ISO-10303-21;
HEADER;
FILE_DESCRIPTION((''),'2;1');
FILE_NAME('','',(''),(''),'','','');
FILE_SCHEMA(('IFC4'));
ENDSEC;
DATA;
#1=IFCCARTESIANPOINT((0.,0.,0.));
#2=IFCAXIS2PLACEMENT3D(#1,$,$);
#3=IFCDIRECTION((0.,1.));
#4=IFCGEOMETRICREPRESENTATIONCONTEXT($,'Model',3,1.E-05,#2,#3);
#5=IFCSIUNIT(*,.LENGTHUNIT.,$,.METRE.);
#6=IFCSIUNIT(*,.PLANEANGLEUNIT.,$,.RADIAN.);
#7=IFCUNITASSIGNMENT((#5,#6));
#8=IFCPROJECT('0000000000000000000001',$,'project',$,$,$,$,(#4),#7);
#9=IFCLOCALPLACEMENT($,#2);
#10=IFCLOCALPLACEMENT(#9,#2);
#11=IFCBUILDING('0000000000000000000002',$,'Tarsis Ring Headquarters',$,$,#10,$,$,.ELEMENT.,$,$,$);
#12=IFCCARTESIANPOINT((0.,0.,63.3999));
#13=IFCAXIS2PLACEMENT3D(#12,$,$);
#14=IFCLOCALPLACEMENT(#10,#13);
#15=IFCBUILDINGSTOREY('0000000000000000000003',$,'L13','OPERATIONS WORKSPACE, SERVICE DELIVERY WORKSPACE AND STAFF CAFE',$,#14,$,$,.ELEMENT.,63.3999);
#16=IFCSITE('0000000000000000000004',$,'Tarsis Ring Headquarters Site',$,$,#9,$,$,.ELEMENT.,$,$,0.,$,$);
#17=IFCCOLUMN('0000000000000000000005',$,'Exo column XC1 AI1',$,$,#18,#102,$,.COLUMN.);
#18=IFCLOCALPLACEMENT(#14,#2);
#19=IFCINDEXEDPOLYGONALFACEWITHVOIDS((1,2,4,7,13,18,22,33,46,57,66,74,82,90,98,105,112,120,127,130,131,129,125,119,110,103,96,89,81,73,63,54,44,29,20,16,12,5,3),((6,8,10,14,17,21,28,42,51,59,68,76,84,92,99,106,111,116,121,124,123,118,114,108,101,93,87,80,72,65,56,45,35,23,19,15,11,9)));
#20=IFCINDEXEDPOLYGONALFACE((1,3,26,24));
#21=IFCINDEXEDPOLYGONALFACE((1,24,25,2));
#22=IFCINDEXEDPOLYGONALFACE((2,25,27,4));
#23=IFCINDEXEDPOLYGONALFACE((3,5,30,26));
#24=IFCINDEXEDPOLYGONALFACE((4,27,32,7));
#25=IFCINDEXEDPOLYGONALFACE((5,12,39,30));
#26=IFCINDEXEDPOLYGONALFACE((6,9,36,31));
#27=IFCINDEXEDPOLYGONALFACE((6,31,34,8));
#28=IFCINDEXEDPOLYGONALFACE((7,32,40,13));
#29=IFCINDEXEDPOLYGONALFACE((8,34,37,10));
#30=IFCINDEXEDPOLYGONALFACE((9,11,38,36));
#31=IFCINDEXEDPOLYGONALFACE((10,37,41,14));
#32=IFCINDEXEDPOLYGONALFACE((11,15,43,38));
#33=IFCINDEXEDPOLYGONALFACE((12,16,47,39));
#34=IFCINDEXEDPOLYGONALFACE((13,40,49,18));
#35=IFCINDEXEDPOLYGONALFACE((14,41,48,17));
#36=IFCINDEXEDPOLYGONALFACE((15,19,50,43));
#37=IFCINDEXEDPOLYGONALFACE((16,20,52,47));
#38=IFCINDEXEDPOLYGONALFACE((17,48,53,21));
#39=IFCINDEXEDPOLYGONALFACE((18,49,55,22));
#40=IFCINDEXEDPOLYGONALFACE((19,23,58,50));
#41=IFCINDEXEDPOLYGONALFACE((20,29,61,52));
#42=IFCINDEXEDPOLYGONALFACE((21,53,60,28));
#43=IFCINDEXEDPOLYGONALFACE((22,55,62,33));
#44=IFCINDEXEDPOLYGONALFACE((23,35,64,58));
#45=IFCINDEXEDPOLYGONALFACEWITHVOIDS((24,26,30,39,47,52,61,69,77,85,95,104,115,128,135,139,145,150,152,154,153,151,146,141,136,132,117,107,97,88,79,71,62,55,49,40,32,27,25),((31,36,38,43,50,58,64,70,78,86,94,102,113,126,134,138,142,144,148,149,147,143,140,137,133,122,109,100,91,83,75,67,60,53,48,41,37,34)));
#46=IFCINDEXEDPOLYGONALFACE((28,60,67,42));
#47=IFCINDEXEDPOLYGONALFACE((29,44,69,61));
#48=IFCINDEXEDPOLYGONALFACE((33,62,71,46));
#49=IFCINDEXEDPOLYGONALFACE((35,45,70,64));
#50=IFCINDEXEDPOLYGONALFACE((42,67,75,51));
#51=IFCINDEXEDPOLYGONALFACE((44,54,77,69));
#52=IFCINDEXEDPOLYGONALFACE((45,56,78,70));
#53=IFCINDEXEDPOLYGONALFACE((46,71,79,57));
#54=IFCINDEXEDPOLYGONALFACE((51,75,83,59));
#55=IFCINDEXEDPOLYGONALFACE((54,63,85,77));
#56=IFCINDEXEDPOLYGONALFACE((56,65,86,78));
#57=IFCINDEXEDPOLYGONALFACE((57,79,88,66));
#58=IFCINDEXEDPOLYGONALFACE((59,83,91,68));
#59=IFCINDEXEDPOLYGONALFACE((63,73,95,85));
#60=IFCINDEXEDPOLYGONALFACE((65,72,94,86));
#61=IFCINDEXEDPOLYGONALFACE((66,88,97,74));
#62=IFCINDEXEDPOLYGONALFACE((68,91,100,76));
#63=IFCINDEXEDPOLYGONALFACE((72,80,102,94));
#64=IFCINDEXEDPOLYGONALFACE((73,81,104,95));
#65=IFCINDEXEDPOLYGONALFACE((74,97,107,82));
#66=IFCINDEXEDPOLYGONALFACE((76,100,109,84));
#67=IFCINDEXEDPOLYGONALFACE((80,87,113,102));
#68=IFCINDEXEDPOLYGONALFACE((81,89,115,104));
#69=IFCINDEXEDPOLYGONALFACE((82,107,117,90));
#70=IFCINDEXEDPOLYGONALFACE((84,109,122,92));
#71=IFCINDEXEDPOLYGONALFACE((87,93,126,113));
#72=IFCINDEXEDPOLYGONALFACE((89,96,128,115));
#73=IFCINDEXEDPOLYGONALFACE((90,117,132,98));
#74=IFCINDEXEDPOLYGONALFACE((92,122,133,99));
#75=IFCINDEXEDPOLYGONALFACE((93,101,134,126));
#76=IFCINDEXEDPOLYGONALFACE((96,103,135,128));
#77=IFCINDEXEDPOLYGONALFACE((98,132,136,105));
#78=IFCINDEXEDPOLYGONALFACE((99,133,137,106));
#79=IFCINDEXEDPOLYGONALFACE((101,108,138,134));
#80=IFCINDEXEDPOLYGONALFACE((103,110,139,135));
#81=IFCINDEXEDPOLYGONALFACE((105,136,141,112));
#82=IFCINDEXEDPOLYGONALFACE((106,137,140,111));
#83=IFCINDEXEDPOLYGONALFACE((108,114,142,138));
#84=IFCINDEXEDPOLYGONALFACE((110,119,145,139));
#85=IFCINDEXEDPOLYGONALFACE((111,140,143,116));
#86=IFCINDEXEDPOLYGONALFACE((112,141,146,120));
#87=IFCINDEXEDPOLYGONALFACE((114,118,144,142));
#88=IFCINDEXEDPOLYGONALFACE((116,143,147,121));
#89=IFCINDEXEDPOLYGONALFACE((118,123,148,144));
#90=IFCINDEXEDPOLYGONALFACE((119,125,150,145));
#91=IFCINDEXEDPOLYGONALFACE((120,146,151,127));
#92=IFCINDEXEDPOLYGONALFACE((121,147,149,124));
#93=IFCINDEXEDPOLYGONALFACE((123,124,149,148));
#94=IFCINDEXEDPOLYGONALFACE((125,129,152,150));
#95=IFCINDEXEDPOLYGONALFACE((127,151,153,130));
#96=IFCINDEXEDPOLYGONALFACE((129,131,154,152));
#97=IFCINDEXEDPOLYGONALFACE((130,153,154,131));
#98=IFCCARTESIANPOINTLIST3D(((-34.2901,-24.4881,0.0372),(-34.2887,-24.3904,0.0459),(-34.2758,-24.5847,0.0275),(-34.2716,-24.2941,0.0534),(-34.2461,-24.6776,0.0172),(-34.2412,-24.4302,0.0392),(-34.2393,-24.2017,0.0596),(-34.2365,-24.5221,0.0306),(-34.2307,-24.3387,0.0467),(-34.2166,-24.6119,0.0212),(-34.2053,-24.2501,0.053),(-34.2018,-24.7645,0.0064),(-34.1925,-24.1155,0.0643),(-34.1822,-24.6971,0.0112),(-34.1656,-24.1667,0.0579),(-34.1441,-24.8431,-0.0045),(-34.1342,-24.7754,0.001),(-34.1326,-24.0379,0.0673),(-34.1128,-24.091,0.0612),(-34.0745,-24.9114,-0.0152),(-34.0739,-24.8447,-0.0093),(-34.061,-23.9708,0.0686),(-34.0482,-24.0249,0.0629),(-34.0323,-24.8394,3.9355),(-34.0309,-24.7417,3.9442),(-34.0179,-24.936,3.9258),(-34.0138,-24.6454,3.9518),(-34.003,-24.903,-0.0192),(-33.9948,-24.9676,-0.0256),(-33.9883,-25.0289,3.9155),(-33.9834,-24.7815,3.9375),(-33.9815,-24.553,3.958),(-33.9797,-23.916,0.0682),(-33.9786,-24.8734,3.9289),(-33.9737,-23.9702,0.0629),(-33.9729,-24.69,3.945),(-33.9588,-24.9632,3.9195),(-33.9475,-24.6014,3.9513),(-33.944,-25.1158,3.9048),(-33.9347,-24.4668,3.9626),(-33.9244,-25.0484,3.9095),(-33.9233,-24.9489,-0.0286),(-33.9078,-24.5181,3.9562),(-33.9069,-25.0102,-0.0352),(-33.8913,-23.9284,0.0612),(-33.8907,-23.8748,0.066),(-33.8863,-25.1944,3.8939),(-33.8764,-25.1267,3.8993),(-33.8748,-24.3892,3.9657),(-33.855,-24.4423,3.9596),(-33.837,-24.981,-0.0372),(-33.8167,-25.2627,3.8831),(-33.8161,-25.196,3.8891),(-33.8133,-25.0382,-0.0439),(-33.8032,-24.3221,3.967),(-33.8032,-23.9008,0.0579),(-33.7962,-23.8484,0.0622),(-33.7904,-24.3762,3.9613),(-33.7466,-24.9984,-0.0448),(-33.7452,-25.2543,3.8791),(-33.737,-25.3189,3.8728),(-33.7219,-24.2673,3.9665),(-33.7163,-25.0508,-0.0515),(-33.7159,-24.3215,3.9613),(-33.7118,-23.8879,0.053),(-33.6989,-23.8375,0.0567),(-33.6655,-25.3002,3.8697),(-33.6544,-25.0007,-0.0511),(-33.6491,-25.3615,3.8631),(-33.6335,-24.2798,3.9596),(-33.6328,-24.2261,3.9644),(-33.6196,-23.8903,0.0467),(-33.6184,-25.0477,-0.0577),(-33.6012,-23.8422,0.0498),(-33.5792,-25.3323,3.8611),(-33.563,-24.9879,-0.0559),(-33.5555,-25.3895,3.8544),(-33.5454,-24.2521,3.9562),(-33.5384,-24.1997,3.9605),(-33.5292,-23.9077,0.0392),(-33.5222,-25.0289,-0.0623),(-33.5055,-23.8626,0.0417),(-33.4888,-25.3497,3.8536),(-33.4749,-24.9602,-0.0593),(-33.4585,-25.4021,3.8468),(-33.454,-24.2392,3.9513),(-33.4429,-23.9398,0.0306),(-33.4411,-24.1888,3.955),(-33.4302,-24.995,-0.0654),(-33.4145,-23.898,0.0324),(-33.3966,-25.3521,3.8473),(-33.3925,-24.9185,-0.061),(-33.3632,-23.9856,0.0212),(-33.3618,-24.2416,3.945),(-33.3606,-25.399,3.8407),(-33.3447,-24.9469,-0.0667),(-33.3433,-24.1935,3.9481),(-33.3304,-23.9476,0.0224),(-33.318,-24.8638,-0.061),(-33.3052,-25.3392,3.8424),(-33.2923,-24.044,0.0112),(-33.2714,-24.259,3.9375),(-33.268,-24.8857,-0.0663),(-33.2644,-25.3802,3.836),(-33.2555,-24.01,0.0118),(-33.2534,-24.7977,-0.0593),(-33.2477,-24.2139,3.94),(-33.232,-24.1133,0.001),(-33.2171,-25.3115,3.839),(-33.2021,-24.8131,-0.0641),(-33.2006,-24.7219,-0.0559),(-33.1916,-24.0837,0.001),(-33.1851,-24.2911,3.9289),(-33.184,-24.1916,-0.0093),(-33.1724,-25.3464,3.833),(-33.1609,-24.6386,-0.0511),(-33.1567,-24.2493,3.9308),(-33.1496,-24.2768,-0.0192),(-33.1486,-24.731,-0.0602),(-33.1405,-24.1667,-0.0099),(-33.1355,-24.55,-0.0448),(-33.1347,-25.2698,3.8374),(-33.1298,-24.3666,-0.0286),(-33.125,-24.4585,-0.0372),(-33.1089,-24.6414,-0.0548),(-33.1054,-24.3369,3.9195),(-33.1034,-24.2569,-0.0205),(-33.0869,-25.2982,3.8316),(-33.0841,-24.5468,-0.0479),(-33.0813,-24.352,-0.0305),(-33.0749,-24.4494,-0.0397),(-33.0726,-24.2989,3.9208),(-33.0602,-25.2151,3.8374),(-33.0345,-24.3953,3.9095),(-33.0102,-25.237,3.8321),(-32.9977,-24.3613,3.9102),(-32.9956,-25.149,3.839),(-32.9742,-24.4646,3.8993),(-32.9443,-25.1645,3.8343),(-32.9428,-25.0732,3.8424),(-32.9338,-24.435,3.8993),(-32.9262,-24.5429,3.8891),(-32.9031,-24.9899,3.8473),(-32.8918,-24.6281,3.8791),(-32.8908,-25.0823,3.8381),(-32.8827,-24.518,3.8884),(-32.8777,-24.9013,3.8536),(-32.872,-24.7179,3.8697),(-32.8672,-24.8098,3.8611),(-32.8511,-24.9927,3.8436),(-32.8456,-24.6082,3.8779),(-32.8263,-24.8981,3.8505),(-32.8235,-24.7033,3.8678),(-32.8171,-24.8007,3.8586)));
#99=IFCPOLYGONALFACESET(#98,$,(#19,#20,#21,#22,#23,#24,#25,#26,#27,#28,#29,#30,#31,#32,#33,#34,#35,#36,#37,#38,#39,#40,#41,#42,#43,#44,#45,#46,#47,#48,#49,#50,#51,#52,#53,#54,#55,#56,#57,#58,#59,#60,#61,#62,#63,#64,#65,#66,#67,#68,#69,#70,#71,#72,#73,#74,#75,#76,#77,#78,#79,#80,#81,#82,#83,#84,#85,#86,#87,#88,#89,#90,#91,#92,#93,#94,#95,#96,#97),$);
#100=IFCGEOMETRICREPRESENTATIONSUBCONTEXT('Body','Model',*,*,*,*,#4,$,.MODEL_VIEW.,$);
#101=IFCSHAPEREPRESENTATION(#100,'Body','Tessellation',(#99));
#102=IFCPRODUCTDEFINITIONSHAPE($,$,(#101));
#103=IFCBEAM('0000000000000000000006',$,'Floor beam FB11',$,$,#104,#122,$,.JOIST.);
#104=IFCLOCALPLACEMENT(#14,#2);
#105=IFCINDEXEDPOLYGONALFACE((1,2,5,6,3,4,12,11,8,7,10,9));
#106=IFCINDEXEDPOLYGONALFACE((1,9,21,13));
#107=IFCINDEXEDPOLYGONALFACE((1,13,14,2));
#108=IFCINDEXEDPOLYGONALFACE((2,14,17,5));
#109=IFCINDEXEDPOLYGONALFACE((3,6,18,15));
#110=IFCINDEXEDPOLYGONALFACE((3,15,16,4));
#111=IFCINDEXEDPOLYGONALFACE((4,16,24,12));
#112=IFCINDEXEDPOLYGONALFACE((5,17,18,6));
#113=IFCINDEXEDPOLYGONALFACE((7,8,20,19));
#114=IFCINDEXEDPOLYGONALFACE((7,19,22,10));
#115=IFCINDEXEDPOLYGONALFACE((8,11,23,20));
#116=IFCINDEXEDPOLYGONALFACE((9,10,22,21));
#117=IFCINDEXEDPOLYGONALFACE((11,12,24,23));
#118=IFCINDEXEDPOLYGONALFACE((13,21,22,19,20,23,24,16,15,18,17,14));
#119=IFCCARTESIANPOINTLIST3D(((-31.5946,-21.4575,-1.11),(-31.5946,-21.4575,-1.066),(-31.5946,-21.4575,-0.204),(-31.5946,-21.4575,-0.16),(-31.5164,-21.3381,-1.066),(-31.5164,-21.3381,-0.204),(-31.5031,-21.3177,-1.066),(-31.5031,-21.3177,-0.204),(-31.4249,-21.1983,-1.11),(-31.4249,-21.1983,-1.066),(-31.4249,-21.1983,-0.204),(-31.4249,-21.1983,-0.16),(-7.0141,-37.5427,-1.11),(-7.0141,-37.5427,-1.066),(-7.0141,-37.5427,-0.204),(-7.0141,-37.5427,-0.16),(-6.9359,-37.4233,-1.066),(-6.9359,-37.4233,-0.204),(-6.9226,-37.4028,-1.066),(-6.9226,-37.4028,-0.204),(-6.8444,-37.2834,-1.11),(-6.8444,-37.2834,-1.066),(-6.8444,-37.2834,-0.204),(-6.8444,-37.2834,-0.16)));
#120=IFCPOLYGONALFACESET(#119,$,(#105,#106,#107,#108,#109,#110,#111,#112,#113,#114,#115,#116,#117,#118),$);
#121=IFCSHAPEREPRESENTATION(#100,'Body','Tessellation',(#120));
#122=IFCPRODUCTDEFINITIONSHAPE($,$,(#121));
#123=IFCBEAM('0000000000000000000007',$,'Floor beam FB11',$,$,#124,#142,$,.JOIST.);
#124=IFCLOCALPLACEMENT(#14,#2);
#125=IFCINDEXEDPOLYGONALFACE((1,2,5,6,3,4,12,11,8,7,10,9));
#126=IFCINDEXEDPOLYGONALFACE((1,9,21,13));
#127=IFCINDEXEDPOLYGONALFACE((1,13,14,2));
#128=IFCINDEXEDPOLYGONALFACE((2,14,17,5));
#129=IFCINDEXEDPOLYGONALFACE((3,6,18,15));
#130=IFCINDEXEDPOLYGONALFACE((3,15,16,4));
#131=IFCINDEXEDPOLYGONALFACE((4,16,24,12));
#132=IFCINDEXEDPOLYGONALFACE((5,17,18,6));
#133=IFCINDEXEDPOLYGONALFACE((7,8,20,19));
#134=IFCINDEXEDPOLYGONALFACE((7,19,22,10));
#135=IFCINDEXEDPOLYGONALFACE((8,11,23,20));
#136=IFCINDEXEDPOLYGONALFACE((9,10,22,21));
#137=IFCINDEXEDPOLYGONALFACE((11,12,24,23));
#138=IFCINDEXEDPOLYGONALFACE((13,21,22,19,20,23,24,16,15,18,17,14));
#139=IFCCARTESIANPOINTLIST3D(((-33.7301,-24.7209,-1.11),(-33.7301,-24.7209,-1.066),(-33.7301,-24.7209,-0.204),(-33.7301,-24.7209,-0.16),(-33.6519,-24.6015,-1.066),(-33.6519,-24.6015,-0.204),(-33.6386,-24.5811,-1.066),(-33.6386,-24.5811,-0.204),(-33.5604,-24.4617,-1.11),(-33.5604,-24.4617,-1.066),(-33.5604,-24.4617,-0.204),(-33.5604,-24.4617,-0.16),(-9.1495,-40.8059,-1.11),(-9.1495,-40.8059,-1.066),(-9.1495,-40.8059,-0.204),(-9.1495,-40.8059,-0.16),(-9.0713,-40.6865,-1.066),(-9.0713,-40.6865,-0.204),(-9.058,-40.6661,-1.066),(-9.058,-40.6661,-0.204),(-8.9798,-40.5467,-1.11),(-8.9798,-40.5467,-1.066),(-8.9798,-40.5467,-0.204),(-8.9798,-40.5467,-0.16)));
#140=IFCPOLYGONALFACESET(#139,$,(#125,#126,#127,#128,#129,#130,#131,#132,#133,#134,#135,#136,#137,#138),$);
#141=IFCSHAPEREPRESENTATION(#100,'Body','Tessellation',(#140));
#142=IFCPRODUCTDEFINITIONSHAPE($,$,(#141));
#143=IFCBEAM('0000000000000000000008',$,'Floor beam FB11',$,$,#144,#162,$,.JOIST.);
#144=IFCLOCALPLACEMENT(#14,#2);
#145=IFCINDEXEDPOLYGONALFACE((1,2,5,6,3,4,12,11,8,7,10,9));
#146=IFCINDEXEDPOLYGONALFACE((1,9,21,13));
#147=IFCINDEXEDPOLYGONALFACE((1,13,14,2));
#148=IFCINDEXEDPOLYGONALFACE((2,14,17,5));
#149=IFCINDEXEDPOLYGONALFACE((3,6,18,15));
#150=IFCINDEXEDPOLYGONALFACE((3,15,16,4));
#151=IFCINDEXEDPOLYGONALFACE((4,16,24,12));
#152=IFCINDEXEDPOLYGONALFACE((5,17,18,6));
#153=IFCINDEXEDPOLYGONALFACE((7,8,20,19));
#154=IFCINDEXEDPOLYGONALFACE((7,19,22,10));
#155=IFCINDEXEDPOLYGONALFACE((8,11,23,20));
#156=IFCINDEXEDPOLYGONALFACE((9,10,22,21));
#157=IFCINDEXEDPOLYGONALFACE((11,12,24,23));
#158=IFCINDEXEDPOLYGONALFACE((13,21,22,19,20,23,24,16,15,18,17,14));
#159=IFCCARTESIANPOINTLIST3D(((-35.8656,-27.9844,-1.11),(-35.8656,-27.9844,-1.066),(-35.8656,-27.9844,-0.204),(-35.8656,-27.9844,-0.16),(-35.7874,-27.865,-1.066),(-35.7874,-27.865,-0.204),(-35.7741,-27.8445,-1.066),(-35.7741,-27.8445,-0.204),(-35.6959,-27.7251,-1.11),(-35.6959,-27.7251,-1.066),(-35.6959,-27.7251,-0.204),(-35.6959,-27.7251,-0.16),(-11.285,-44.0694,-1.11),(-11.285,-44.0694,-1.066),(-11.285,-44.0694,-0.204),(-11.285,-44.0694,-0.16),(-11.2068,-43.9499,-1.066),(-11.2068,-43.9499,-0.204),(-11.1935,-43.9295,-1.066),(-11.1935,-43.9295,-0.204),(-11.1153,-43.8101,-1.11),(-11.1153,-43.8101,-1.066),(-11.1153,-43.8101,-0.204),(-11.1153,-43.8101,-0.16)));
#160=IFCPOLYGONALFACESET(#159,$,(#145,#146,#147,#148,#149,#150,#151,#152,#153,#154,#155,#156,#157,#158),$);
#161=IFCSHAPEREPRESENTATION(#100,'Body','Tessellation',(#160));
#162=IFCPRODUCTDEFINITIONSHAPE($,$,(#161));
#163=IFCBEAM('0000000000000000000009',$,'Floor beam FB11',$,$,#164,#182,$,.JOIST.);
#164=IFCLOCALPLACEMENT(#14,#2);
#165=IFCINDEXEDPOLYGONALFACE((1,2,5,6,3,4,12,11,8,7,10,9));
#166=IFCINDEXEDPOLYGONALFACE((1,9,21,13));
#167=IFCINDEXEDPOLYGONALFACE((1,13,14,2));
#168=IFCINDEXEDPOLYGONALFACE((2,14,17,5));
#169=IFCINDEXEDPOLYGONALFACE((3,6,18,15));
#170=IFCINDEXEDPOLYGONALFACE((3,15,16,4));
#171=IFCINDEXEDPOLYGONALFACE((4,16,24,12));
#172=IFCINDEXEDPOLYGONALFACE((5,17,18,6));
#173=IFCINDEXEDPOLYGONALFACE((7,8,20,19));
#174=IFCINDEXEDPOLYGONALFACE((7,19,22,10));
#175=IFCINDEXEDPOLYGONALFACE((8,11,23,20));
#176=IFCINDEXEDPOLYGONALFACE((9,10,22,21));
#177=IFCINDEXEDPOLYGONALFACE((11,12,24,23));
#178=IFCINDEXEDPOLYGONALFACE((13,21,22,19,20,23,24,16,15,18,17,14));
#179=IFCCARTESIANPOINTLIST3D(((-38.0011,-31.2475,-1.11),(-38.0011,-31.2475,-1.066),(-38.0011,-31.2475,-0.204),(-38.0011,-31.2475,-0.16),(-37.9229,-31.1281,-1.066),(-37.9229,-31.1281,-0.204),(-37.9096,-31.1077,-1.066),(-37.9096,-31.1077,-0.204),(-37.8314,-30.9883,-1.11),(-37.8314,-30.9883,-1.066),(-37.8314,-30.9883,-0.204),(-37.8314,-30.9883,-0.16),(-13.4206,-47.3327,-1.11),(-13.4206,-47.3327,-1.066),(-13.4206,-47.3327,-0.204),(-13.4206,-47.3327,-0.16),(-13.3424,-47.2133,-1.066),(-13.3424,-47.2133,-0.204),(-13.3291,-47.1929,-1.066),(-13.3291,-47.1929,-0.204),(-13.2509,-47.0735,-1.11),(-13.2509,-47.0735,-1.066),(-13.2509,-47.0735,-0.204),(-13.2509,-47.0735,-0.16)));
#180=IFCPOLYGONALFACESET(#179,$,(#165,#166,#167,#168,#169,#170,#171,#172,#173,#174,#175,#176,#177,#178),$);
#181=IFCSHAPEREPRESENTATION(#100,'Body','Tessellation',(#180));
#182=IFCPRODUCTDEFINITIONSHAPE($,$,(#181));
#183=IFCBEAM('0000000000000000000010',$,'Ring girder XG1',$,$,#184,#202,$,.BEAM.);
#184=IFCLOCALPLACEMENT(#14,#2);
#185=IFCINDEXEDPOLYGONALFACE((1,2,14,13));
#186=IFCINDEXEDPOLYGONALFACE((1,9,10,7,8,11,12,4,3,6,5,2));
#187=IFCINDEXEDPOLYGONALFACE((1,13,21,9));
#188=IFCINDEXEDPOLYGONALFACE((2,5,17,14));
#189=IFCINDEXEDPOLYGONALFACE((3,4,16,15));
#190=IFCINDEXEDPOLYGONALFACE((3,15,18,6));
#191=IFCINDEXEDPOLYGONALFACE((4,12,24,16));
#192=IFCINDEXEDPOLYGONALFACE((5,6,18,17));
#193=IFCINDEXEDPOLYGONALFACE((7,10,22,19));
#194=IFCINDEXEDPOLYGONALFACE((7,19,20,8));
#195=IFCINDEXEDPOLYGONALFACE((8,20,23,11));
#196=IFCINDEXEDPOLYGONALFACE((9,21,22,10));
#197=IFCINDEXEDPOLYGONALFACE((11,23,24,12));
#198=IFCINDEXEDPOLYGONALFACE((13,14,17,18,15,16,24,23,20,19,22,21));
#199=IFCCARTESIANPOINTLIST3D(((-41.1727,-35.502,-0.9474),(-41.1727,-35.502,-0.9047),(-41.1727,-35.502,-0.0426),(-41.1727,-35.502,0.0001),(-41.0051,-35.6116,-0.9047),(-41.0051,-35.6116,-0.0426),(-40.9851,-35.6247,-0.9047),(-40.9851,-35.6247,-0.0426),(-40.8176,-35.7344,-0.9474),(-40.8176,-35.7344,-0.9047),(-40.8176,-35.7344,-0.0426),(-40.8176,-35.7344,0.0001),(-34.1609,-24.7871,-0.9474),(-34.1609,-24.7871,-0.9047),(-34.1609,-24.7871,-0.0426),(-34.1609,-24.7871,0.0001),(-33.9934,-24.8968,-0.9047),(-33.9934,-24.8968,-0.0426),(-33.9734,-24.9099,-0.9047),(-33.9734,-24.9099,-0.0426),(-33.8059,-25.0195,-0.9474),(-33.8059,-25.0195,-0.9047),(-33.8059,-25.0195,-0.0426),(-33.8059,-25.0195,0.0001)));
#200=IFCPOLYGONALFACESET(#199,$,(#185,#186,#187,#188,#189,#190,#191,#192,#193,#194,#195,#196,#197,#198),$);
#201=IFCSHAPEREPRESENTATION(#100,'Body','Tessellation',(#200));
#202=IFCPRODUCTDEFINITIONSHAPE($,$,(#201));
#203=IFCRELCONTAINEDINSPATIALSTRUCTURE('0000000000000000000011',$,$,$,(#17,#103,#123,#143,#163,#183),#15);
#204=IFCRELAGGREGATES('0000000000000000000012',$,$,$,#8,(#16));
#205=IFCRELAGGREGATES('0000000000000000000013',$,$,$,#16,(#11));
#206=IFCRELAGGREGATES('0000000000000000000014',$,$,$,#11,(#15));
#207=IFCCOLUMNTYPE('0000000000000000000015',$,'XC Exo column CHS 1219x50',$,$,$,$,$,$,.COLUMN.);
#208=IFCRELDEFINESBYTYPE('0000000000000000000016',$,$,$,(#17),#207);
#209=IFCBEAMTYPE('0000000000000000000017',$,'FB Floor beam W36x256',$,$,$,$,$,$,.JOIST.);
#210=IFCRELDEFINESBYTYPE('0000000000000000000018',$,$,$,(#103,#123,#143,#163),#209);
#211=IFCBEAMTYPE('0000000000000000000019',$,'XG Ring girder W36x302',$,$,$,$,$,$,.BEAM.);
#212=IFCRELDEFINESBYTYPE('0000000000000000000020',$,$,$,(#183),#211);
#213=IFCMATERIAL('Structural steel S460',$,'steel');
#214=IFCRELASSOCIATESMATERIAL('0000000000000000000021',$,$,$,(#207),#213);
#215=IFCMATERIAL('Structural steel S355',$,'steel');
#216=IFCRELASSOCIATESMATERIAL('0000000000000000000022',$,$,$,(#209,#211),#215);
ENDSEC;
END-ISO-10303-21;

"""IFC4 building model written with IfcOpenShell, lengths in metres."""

from ifc_helpers import new_model, si_unit, direction, frame, origin, origin_2d, place, context, subcontext, project, spatial, hollow_circle, i_section, extrude, material, material_profile, profile_set, type_object, element, save


model = new_model("IFC4")

# Units and contexts
model_context = context("Model", 3, precision=1e-05, world=origin(), true_north=direction((0.0, 1.0)))
body_context = subcontext(model_context, "Body", "Model", "MODEL_VIEW")
ifc_project = project(units=[si_unit("LENGTHUNIT", "METRE"), si_unit("PLANEANGLEUNIT", "RADIAN")], contexts=[model_context])

# Site, building, storey
site_placement = place(None, origin())
site = spatial("IfcSite", under=ifc_project, at=site_placement, Name="Tarsis Ring Headquarters Site", CompositionType="ELEMENT", RefElevation=0.0)
building_placement = place(site_placement, origin())
building = spatial("IfcBuilding", under=site, at=building_placement, Name="Tarsis Ring Headquarters", CompositionType="ELEMENT")
storey_placement = place(building_placement, frame((0.0, 0.0, 63.3999)))
storey = spatial("IfcBuildingStorey", under=building, at=storey_placement, Name="L13", Description="OPERATIONS WORKSPACE, SERVICE DELIVERY WORKSPACE AND STAFF CAFE", CompositionType="ELEMENT", Elevation=63.3999)

# Column
ifc_material_1 = material(Name="Structural steel S460", Category="steel")
ifc_material_profile_1 = material_profile(ifc_material_1, hollow_circle(Radius=0.6096, WallThickness=0.05, at=origin_2d()), Name="CHS 1219x50")
ifc_profile_set_1 = profile_set([ifc_material_profile_1], Name="Structural steel S460")
column_type = type_object("IfcColumnType", Name="XC Exo column CHS 1219x50", PredefinedType="COLUMN", material=ifc_profile_set_1)
column_placement = place(storey_placement, frame((-33.6831, -24.4443, 0.001), z_axis=(0.065723, -0.08956, 0.993811), x_axis=(0.806209, 0.591631, 0.0)))
element("IfcColumn", 1, at=column_placement, inside=storey, type_object=column_type, Name="Exo column XC1 AI1", PredefinedType="COLUMN", context=body_context, shape_type="SweptSolid", body=[
    extrude(hollow_circle(Radius=0.6096, WallThickness=0.05, at=origin_2d()), origin(), (0.0, 0.0, 1.0), 3.9226),
])

# Beams
ifc_material_2 = material(Name="Structural steel S355", Category="steel")
ifc_material_profile_2 = material_profile(ifc_material_2, i_section(OverallWidth=0.3098, OverallDepth=0.95, WebThickness=0.0244, FlangeThickness=0.0439, at=origin_2d()), Name="W36x256")
ifc_profile_set_2 = profile_set([ifc_material_profile_2], Name="Structural steel S355")
beam_type_1 = type_object("IfcBeamType", Name="FB Floor beam W36x256", PredefinedType="JOIST", material=ifc_profile_set_2)
for number, where, z_axis, x_axis, name in (
    (2, (-31.5098, -21.3279, -0.635), (0.836762, -0.547566, 0.0), (0.547566, 0.836762, 0.0), "Floor beam FB11"),
    (3, (-33.6453, -24.5913, -0.635), (0.836766, -0.547561, 0.0), (0.547561, 0.836766, 0.0), "Floor beam FB11"),
    (4, (-35.7808, -27.8547, -0.635), (0.836766, -0.547561, 0.0), (0.547561, 0.836766, 0.0), "Floor beam FB11"),
    (5, (-37.9163, -31.1179, -0.635), (0.836762, -0.547566, 0.0), (0.547566, 0.836762, 0.0), "Floor beam FB11"),
):
    element("IfcBeam", number, at=place(storey_placement, frame(where, z_axis=z_axis, x_axis=x_axis)), inside=storey, type_object=beam_type_1, Name=name, PredefinedType="JOIST", context=body_context, shape_type="SweptSolid", body=[
        extrude(i_section(OverallWidth=0.3098, OverallDepth=0.95, WebThickness=0.0244, FlangeThickness=0.0439, at=origin_2d()), origin(), (0.0, 0.0, 1.0), 29.3757),
    ])
ifc_material_profile_3 = material_profile(ifc_material_2, i_section(OverallWidth=0.4243, OverallDepth=0.9475, WebThickness=0.0239, FlangeThickness=0.0427, at=origin_2d()), Name="W36x302")
ifc_profile_set_3 = profile_set([ifc_material_profile_3], Name="Structural steel S355")
beam_type_2 = type_object("IfcBeamType", Name="XG Ring girder W36x302", PredefinedType="BEAM", material=ifc_profile_set_3)
beam_placement = place(storey_placement, frame((-33.9834, -24.9033, -0.4736), z_axis=(-0.54757, -0.83676, 0.0), x_axis=(0.83676, -0.54757, 0.0)))
element("IfcBeam", 6, at=beam_placement, inside=storey, type_object=beam_type_2, Name="Ring girder XG1", PredefinedType="BEAM", context=body_context, shape_type="SweptSolid", body=[
    extrude(i_section(OverallWidth=0.4243, OverallDepth=0.9475, WebThickness=0.0239, FlangeThickness=0.0427, at=origin_2d()), origin(), (0.0, 0.0, 1.0), 12.8052),
])

save(model, "model.ifc")
